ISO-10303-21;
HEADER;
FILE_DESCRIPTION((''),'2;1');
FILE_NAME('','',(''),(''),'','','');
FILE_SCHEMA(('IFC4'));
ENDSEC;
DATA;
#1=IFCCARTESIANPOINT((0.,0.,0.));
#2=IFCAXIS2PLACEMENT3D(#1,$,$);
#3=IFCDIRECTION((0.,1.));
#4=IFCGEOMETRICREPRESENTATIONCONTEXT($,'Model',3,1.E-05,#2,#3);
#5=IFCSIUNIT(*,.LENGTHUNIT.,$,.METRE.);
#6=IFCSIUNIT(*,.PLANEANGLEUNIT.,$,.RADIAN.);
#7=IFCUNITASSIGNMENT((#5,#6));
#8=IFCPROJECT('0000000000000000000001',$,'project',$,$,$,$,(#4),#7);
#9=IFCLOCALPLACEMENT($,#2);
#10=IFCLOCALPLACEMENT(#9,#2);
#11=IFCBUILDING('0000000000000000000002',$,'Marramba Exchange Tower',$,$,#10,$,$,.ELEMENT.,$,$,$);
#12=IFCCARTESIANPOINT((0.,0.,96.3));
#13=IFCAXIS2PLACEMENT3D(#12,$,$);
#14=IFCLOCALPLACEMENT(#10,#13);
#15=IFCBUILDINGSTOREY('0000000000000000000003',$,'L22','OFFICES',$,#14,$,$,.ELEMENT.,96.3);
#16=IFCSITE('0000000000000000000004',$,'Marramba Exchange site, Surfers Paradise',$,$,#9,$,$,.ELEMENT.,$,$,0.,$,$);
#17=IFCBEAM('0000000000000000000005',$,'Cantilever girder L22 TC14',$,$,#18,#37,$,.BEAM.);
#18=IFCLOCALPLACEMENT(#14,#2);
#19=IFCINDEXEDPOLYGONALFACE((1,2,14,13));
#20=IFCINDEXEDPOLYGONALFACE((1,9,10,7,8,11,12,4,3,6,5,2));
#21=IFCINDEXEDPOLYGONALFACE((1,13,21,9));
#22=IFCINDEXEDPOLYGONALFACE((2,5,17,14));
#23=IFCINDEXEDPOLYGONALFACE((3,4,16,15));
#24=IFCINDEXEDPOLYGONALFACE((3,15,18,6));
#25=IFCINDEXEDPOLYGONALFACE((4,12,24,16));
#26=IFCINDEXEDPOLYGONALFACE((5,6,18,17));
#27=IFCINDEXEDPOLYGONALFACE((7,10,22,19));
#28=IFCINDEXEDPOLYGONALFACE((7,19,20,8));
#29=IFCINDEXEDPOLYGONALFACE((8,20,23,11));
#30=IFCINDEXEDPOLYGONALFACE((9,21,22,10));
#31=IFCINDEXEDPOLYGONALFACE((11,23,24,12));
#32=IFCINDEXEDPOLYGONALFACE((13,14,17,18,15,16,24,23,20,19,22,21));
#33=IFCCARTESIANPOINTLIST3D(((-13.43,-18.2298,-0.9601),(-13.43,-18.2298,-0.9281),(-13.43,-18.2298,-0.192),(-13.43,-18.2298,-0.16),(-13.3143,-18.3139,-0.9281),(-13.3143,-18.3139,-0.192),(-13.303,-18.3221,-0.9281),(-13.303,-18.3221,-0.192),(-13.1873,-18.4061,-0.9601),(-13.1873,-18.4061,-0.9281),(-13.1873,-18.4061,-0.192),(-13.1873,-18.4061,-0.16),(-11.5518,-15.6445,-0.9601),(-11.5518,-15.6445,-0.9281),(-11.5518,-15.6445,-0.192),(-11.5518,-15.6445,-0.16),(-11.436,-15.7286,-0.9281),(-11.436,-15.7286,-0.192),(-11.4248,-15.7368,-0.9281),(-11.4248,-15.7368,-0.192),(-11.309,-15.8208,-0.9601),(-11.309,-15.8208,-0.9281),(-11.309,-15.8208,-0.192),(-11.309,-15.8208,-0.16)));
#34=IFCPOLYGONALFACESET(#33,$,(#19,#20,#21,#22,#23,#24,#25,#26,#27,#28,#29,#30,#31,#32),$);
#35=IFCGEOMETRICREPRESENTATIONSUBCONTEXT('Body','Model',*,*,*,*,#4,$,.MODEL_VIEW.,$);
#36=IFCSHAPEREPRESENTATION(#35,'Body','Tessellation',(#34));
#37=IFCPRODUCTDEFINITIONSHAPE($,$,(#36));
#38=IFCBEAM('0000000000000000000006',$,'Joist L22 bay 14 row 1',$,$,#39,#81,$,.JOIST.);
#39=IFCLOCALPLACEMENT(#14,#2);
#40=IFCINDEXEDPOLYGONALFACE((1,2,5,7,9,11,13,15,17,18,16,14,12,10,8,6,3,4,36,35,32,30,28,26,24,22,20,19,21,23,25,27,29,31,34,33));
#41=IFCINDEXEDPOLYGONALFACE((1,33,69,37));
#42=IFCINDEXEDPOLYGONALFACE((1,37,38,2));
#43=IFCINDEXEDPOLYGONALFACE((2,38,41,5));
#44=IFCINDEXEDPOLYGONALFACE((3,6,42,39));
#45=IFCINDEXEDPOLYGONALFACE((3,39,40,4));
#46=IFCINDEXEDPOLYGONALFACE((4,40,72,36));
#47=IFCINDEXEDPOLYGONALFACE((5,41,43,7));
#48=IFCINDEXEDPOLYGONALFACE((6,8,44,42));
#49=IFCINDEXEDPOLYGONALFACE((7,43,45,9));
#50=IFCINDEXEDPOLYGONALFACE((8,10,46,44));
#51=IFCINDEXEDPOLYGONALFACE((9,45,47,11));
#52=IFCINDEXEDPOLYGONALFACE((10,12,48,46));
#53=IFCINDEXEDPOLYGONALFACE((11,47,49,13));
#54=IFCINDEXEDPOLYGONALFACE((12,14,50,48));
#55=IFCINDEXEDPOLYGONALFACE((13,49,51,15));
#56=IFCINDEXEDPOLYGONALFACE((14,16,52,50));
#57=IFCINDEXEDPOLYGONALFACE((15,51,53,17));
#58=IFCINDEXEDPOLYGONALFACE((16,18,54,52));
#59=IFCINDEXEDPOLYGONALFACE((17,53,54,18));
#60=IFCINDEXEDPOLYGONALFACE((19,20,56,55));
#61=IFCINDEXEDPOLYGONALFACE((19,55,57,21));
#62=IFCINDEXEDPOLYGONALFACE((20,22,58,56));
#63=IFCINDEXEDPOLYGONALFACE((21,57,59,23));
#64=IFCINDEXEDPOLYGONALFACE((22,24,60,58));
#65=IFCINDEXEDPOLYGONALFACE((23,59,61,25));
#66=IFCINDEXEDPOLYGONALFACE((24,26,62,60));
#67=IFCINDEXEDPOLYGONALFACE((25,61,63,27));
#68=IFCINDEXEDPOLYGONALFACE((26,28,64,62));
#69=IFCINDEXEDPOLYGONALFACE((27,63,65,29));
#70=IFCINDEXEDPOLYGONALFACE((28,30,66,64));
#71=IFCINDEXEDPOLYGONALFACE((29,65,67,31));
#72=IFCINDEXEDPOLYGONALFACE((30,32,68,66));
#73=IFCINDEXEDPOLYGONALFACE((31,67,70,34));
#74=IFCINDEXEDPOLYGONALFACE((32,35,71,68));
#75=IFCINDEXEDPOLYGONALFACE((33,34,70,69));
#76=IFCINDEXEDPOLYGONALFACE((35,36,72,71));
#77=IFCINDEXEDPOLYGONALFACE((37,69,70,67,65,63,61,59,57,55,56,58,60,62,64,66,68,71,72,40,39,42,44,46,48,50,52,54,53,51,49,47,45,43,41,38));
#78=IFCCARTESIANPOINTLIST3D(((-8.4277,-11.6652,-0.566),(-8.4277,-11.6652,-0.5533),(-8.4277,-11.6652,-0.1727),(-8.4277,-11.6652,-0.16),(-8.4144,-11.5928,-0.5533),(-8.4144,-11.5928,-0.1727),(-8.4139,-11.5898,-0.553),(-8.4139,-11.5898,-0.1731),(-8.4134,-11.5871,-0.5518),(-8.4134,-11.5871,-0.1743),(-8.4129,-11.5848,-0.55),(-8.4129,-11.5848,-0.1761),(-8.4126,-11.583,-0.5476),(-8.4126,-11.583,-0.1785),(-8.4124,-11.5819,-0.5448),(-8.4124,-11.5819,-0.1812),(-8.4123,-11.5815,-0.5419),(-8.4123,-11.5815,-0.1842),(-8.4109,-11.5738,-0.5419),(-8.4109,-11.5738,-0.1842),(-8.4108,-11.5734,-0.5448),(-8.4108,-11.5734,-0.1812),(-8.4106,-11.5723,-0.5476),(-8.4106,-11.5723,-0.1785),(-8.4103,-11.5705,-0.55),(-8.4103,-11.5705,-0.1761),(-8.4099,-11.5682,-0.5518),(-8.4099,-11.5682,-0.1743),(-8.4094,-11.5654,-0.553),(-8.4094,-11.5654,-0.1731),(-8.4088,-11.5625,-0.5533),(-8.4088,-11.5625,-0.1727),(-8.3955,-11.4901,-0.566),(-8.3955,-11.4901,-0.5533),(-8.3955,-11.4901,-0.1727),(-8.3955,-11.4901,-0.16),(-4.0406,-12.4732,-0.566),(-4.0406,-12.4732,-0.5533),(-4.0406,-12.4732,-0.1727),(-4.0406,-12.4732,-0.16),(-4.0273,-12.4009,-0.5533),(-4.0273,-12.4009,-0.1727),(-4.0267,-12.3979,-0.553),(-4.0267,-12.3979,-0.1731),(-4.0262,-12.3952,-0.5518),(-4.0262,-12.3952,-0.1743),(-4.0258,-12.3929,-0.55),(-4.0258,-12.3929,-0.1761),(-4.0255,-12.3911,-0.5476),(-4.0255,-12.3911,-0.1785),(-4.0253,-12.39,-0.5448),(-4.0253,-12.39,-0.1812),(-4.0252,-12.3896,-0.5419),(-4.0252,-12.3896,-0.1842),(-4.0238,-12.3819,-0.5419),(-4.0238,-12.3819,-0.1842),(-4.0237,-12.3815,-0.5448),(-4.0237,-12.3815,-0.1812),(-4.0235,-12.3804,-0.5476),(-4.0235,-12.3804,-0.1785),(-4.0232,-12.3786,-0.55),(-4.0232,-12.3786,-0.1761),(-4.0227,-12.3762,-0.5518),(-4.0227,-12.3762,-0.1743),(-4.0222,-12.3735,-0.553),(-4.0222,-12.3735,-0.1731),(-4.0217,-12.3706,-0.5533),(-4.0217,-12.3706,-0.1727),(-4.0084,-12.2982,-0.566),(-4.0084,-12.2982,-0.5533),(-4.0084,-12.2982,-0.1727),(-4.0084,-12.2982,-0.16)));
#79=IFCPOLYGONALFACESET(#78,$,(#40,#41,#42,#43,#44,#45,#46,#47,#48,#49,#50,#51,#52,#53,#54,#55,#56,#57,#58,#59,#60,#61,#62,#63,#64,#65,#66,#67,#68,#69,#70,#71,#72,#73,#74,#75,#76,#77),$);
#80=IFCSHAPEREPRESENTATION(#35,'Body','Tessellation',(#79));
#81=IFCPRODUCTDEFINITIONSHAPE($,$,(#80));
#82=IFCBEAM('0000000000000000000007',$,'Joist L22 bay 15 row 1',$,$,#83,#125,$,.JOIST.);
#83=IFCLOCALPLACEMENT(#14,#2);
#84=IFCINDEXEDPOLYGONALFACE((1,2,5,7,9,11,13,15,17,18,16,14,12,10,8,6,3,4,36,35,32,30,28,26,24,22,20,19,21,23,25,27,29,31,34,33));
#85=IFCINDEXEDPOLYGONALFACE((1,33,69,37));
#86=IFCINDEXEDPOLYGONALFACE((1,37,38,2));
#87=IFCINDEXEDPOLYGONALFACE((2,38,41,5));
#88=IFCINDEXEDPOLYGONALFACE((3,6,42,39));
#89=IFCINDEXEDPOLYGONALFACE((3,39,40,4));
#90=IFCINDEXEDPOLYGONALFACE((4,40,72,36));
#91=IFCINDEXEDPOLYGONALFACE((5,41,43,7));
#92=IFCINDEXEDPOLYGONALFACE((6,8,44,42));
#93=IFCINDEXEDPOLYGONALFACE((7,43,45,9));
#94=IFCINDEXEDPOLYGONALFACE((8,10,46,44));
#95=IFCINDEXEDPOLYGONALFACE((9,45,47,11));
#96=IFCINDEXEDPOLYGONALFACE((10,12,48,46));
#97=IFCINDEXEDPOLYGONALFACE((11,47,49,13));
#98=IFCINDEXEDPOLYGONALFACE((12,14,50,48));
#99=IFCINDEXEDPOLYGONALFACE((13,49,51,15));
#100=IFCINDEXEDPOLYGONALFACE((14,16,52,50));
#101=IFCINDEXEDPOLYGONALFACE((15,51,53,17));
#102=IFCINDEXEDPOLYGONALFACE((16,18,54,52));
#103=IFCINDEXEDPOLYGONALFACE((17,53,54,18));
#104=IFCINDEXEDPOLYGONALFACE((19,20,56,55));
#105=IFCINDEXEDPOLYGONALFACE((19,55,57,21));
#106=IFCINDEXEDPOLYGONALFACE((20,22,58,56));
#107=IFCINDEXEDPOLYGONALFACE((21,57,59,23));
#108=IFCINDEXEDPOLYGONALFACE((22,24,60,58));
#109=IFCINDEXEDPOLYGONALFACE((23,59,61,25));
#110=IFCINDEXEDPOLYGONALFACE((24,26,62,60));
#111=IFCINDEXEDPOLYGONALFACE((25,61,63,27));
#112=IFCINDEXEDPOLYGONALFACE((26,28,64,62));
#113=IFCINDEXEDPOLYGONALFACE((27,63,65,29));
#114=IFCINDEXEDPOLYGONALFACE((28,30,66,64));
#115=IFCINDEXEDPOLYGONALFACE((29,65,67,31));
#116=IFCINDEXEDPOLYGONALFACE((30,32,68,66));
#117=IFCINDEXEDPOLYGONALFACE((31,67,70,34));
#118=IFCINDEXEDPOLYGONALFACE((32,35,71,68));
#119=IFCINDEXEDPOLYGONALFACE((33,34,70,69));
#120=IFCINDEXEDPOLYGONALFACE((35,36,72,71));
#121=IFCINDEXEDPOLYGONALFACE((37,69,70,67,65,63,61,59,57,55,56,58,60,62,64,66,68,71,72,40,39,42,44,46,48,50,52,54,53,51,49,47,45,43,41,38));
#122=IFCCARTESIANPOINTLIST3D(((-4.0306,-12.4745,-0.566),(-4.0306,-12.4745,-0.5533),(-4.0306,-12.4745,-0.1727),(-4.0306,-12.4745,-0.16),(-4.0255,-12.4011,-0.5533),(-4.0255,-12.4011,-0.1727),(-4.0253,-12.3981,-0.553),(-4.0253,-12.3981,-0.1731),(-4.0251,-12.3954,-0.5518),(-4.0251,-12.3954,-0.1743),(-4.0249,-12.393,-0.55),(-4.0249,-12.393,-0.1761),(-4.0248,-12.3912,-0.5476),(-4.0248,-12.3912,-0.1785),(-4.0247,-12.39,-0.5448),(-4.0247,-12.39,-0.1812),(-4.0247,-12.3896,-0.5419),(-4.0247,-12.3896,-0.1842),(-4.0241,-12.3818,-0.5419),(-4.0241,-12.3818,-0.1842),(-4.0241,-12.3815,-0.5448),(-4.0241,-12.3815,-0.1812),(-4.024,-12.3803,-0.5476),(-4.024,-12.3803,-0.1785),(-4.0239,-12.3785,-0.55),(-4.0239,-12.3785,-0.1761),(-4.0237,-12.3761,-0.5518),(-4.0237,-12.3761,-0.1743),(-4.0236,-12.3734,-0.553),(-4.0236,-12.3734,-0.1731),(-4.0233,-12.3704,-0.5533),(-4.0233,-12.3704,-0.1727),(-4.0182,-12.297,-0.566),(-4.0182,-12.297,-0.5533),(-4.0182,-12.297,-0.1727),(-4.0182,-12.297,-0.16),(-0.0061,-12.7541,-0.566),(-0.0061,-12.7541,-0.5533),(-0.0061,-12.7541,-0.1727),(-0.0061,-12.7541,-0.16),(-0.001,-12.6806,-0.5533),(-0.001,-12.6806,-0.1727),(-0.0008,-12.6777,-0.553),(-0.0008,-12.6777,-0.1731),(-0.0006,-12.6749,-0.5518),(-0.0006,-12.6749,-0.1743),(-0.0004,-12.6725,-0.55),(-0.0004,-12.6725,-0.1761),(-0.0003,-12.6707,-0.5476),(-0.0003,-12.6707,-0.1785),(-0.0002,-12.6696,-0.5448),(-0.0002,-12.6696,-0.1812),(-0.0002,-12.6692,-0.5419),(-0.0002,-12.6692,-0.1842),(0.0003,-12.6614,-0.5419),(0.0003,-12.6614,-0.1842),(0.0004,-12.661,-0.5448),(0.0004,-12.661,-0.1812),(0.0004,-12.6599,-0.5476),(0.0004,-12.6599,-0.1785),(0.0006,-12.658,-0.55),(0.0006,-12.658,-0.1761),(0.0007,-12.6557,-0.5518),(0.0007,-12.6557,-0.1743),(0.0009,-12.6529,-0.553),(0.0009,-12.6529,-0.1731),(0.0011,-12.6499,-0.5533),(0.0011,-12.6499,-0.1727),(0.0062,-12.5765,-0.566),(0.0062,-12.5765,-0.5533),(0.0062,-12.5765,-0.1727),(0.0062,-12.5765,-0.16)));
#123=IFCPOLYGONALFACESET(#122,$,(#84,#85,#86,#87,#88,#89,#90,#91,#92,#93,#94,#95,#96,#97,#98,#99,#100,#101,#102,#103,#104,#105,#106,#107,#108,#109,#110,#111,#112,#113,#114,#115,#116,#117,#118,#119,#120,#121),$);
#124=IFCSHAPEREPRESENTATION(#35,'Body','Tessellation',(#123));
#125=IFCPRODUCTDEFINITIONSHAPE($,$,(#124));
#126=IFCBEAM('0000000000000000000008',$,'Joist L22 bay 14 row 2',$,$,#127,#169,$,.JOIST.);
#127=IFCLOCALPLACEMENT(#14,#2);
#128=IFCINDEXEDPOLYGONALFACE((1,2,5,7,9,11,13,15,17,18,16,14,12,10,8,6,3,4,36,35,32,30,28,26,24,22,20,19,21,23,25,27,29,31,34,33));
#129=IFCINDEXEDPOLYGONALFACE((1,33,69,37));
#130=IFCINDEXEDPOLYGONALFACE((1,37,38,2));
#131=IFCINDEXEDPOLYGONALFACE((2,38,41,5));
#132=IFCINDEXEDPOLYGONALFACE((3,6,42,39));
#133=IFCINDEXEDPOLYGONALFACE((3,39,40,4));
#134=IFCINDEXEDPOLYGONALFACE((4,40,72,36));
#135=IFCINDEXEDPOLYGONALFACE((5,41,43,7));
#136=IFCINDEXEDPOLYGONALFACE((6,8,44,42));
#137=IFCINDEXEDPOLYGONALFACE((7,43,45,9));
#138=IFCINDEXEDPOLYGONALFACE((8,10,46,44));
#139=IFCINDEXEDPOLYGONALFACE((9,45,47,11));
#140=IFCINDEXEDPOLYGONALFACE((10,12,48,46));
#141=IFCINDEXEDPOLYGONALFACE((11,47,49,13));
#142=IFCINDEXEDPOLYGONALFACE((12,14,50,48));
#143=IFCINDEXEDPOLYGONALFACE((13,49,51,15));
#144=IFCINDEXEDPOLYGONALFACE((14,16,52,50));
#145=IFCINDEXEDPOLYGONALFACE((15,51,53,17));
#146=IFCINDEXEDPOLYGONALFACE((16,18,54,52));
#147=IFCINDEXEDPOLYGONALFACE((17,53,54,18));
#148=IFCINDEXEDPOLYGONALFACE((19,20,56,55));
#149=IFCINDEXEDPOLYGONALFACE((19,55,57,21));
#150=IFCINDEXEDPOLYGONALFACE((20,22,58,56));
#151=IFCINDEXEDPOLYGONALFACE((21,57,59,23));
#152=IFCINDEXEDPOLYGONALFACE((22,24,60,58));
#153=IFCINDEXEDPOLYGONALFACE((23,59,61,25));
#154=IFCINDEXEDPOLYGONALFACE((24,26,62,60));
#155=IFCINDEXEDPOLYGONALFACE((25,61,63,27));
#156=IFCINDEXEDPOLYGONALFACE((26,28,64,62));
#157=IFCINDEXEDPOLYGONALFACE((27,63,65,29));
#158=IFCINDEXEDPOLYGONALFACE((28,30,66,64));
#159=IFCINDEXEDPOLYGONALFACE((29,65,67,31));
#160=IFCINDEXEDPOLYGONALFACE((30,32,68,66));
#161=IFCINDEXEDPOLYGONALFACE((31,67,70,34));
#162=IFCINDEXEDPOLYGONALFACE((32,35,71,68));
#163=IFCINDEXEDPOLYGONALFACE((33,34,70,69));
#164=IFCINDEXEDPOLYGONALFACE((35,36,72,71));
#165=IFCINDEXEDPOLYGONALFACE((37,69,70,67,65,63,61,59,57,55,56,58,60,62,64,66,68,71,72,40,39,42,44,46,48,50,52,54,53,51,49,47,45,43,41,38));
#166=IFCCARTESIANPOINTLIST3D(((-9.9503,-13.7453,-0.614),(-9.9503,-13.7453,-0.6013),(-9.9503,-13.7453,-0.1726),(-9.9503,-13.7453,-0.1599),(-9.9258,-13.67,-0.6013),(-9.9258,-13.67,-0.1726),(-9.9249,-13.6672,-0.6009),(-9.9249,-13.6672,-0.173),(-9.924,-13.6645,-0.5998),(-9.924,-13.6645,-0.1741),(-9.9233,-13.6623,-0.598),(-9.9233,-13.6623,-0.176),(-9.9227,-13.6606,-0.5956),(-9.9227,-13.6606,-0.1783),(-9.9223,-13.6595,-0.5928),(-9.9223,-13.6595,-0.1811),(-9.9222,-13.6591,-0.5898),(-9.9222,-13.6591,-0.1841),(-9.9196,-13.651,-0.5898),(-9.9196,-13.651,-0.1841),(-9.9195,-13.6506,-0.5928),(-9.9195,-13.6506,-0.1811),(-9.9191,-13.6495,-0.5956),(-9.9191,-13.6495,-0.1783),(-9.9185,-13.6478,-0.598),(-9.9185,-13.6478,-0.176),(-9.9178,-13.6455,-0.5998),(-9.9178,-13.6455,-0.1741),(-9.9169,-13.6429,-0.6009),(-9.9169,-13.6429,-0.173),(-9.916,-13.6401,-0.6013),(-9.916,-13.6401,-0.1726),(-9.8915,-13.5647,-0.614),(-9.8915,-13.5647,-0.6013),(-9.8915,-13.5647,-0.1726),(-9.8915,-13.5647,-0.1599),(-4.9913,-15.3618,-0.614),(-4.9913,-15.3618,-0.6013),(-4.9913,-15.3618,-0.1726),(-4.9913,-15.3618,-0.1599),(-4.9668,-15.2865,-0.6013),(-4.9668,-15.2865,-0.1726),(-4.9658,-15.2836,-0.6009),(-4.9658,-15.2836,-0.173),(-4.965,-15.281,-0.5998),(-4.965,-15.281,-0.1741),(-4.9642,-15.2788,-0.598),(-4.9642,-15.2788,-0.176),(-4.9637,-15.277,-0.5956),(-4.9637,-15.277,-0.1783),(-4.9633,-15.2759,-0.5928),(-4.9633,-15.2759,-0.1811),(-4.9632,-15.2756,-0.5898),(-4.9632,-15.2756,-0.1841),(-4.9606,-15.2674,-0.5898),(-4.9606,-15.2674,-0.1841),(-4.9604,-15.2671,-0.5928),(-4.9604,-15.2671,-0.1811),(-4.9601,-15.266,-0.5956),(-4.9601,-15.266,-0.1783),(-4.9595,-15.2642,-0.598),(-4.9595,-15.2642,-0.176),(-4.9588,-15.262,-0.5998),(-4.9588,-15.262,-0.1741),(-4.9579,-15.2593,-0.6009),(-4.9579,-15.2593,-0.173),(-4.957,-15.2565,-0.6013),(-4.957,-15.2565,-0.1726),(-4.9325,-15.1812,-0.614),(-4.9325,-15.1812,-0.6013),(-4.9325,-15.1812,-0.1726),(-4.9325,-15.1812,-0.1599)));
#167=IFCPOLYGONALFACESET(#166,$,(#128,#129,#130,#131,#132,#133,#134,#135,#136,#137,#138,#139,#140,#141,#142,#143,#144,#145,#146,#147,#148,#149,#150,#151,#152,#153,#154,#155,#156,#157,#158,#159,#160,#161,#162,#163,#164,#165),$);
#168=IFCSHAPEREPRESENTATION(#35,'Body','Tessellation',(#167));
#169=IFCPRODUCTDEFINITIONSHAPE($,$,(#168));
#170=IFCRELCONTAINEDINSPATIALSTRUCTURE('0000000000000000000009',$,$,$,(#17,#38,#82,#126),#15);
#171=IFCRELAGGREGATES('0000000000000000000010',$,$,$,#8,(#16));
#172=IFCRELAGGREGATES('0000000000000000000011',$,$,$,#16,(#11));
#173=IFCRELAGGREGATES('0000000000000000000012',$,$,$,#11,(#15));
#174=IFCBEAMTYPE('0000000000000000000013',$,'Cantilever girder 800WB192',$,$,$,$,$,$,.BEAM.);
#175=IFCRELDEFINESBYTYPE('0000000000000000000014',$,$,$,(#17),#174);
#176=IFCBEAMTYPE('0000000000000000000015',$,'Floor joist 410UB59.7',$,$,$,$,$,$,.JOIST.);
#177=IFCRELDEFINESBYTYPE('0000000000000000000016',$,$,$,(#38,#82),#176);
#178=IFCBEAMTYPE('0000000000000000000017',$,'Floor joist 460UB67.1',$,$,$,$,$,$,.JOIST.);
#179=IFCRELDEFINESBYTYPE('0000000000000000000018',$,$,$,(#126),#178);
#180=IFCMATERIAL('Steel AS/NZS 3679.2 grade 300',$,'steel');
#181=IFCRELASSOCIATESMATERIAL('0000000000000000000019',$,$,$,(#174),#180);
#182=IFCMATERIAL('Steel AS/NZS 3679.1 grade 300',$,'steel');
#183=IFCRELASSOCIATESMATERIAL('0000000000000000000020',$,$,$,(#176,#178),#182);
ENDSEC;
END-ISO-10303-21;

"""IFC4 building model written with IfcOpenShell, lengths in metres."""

from ifc_helpers import new_model, si_unit, direction, frame, origin, origin_2d, place, context, subcontext, project, spatial, i_section, extrude, material, material_profile, profile_set, type_object, element, save


model = new_model("IFC4")

# Units and contexts
model_context = context("Model", 3, precision=1e-05, world=origin(), true_north=direction((0.0, 1.0)))
body_context = subcontext(model_context, "Body", "Model", "MODEL_VIEW")
ifc_project = project(units=[si_unit("LENGTHUNIT", "METRE"), si_unit("PLANEANGLEUNIT", "RADIAN")], contexts=[model_context])

# Site, building, storey
site_placement = place(None, origin())
site = spatial("IfcSite", under=ifc_project, at=site_placement, Name="Marramba Exchange site, Surfers Paradise", CompositionType="ELEMENT", RefElevation=0.0)
building_placement = place(site_placement, origin())
building = spatial("IfcBuilding", under=site, at=building_placement, Name="Marramba Exchange Tower", CompositionType="ELEMENT")
storey_placement = place(building_placement, frame((0.0, 0.0, 96.3)))
storey = spatial("IfcBuildingStorey", under=building, at=storey_placement, Name="L22", Description="OFFICES", CompositionType="ELEMENT", Elevation=96.3)

# Beams
ifc_material_1 = material(Name="Steel AS/NZS 3679.2 grade 300", Category="steel")
ifc_material_profile_1 = material_profile(ifc_material_1, i_section(OverallWidth=0.3, OverallDepth=0.8, WebThickness=0.0139, FlangeThickness=0.032, at=origin_2d()), Name="800WB192")
ifc_profile_set_1 = profile_set([ifc_material_profile_1], Name="Steel AS/NZS 3679.2 grade 300")
beam_type_1 = type_object("IfcBeamType", Name="Cantilever girder 800WB192", PredefinedType="BEAM", material=ifc_profile_set_1)
beam_1_placement = place(storey_placement, frame((-11.4304, -15.7327, -0.5601), z_axis=(-0.587767, -0.80903, 0.0), x_axis=(0.80903, -0.587767, 0.0)))
element("IfcBeam", 1, at=beam_1_placement, inside=storey, type_object=beam_type_1, Name="Cantilever girder L22 TC14", PredefinedType="BEAM", context=body_context, shape_type="SweptSolid", body=[
    extrude(i_section(OverallWidth=0.3, OverallDepth=0.8, WebThickness=0.0139, FlangeThickness=0.032, at=origin_2d()), origin(), (0.0, 0.0, 1.0), 3.1956),
])
ifc_material_2 = material(Name="Steel AS/NZS 3679.1 grade 300", Category="steel")
ifc_material_profile_2 = material_profile(ifc_material_2, i_section(OverallWidth=0.178, OverallDepth=0.406, WebThickness=0.0078, FlangeThickness=0.0127, FilletRadius=0.0115, at=origin_2d()), Name="410UB59.7")
ifc_profile_set_2 = profile_set([ifc_material_profile_2], Name="Steel AS/NZS 3679.1 grade 300")
beam_type_2 = type_object("IfcBeamType", Name="Floor joist 410UB59.7", PredefinedType="JOIST", material=ifc_profile_set_2)
beam_2_placement = place(storey_placement, frame((-8.4116, -11.5776, -0.363), z_axis=(0.983456, -0.181149, 0.0), x_axis=(0.181149, 0.983456, 0.0)))
element("IfcBeam", 2, at=beam_2_placement, inside=storey, type_object=beam_type_2, Name="Joist L22 bay 14 row 1", PredefinedType="JOIST", context=body_context, shape_type="SweptSolid", body=[
    extrude(i_section(OverallWidth=0.178, OverallDepth=0.406, WebThickness=0.0078, FlangeThickness=0.0127, FilletRadius=0.0115, at=origin_2d()), origin(), (0.0, 0.0, 1.0), 4.4609),
])
beam_3_placement = place(storey_placement, frame((-4.0244, -12.3857, -0.363), z_axis=(0.997596, -0.069294, 0.0), x_axis=(0.069294, 0.997596, 0.0)))
element("IfcBeam", 3, at=beam_3_placement, inside=storey, type_object=beam_type_2, Name="Joist L22 bay 15 row 1", PredefinedType="JOIST", context=body_context, shape_type="SweptSolid", body=[
    extrude(i_section(OverallWidth=0.178, OverallDepth=0.406, WebThickness=0.0078, FlangeThickness=0.0127, FilletRadius=0.0115, at=origin_2d()), origin(), (0.0, 0.0, 1.0), 4.0342),
])
ifc_material_profile_3 = material_profile(ifc_material_2, i_section(OverallWidth=0.1899, OverallDepth=0.4541, WebThickness=0.0085, FlangeThickness=0.0127, FilletRadius=0.0115, at=origin_2d()), Name="460UB67.1")
ifc_profile_set_3 = profile_set([ifc_material_profile_3], Name="Steel AS/NZS 3679.1 grade 300")
beam_type_3 = type_object("IfcBeamType", Name="Floor joist 460UB67.1", PredefinedType="JOIST", material=ifc_profile_set_3)
beam_4_placement = place(storey_placement, frame((-9.9209, -13.655, -0.387), z_axis=(0.950764, -0.309916, 0.0), x_axis=(0.309916, 0.950764, 0.0)))
element("IfcBeam", 4, at=beam_4_placement, inside=storey, type_object=beam_type_3, Name="Joist L22 bay 14 row 2", PredefinedType="JOIST", context=body_context, shape_type="SweptSolid", body=[
    extrude(i_section(OverallWidth=0.1899, OverallDepth=0.4541, WebThickness=0.0085, FlangeThickness=0.0127, FilletRadius=0.0115, at=origin_2d()), origin(), (0.0, 0.0, 1.0), 5.2158),
])

save(model, "model.ifc")
